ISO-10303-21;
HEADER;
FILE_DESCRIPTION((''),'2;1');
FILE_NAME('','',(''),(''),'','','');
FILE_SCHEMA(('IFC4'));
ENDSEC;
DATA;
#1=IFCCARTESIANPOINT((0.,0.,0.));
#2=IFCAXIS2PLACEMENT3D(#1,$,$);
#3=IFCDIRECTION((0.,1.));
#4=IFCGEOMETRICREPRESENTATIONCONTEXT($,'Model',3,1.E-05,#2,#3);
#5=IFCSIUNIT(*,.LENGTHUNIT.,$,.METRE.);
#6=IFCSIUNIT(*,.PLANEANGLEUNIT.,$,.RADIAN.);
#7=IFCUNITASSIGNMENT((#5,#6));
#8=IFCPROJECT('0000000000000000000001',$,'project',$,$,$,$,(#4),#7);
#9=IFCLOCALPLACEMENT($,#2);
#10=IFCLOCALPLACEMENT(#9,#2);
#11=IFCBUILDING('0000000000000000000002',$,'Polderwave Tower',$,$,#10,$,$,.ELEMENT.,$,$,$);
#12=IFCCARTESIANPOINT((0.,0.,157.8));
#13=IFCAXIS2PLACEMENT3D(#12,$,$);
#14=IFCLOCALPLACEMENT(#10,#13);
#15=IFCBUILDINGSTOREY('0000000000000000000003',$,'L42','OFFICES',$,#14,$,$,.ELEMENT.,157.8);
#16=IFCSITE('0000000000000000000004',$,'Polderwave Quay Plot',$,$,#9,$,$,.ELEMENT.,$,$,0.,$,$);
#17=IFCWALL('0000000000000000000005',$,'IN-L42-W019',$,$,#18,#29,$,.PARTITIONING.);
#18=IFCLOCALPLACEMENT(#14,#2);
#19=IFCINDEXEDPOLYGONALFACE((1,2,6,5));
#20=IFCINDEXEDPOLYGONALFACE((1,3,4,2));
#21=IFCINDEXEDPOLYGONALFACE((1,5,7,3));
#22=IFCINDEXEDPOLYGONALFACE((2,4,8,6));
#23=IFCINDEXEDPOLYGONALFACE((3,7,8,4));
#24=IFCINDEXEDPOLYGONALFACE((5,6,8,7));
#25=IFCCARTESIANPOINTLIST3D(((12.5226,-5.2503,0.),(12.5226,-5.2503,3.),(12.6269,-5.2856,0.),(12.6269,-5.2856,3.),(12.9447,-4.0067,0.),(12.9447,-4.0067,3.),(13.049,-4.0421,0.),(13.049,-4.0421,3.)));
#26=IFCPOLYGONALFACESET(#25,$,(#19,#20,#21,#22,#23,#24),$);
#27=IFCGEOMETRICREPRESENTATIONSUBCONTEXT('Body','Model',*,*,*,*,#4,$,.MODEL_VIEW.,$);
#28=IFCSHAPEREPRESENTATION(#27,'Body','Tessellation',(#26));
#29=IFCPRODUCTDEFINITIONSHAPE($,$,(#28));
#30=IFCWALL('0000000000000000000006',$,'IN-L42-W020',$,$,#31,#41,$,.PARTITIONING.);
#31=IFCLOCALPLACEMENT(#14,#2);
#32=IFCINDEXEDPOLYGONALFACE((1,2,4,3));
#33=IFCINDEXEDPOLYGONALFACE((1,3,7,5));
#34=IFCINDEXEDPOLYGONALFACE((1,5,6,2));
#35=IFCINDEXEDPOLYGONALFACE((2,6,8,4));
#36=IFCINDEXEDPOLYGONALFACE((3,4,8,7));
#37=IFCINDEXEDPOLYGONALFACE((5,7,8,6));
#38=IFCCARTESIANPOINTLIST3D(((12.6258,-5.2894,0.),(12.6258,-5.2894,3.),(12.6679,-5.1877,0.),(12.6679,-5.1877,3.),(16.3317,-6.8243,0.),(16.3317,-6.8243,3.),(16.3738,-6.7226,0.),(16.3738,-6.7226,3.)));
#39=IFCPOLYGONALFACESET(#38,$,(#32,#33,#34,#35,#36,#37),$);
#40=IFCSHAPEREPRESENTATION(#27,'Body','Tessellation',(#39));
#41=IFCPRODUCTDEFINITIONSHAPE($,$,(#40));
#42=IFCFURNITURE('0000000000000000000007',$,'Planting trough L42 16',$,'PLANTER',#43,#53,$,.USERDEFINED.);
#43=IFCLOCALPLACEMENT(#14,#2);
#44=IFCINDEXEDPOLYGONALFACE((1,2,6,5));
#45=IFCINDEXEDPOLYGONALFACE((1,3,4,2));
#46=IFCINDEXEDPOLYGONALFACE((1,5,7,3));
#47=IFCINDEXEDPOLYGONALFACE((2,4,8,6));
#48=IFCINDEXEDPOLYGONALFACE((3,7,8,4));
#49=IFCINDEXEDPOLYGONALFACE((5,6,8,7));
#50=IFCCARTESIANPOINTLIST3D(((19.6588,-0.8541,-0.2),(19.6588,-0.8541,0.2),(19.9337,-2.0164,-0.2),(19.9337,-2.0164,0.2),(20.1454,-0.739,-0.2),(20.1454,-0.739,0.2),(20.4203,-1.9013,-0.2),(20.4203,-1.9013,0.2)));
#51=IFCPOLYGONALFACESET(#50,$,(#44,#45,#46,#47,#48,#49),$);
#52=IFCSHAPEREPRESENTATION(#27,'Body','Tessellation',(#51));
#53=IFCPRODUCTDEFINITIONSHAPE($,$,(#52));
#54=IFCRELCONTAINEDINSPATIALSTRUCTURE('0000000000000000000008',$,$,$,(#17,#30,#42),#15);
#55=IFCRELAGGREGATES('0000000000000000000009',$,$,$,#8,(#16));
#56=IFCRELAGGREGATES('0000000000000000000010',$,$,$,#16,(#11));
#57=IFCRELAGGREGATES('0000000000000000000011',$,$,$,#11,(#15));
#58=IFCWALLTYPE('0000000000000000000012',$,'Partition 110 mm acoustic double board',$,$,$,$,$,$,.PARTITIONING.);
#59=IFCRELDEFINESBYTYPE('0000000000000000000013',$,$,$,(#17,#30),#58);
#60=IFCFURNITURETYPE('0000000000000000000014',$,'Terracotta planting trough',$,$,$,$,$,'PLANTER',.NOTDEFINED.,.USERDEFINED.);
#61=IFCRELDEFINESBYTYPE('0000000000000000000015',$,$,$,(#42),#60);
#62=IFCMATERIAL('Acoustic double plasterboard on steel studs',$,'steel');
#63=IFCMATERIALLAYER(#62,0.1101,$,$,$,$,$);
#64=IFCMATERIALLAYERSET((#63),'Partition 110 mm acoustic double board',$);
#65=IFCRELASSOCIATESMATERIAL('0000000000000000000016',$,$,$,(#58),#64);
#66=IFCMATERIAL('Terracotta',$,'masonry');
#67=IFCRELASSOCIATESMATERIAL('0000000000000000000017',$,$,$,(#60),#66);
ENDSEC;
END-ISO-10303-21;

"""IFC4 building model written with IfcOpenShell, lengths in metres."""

from ifc_helpers import new_model, si_unit, direction, frame, frame_2d, origin, origin_2d, place, context, subcontext, project, spatial, rectangle, extrude, material, layer, layer_set, type_object, element, save


model = new_model("IFC4")

# Units and contexts
model_context = context("Model", 3, precision=1e-05, world=origin(), true_north=direction((0.0, 1.0)))
body_context = subcontext(model_context, "Body", "Model", "MODEL_VIEW")
ifc_project = project(units=[si_unit("LENGTHUNIT", "METRE"), si_unit("PLANEANGLEUNIT", "RADIAN")], contexts=[model_context])

# Site, building, storey
site_placement = place(None, origin())
site = spatial("IfcSite", under=ifc_project, at=site_placement, Name="Polderwave Quay Plot", CompositionType="ELEMENT", RefElevation=0.0)
building_placement = place(site_placement, origin())
building = spatial("IfcBuilding", under=site, at=building_placement, Name="Polderwave Tower", CompositionType="ELEMENT")
storey_placement = place(building_placement, frame((0.0, 0.0, 157.8)))
storey = spatial("IfcBuildingStorey", under=building, at=storey_placement, Name="L42", Description="OFFICES", CompositionType="ELEMENT", Elevation=157.8)

# Walls
ifc_material_1 = material(Name="Acoustic double plasterboard on steel studs", Category="steel")
ifc_layer_1 = layer(ifc_material_1, 0.1101)
ifc_layer_set_1 = layer_set([ifc_layer_1], Name="Partition 110 mm acoustic double board")
wall_type_1 = type_object("IfcWallType", Name="Partition 110 mm acoustic double board", PredefinedType="PARTITIONING", material=ifc_layer_set_1)
wall_1_placement = place(storey_placement, frame((12.5747, -5.2681, 0.0), z_axis=(0.0, 0.0, 1.0), x_axis=(0.321409, 0.94694, 0.0)))
element("IfcWall", 1, at=wall_1_placement, inside=storey, type_object=wall_type_1, Name="IN-L42-W019", PredefinedType="PARTITIONING", context=body_context, shape_type="SweptSolid", body=[
    extrude(rectangle(XDim=1.3132, YDim=0.1101, at=frame_2d((0.6567, 0.0))), origin(), (0.0, 0.0, 1.0), 3.0),
])
wall_2_placement = place(storey_placement, frame((16.3528, -6.7734, 0.0), z_axis=(0.0, 0.0, 1.0), x_axis=(-0.923896, 0.382644, 0.0)))
element("IfcWall", 2, at=wall_2_placement, inside=storey, type_object=wall_type_1, Name="IN-L42-W020", PredefinedType="PARTITIONING", context=body_context, shape_type="SweptSolid", body=[
    extrude(rectangle(XDim=4.0112, YDim=0.1101, at=frame_2d((2.0056, 0.0))), origin(), (0.0, 0.0, 1.0), 3.0),
])

# Furniture
ifc_material_2 = material(Name="Terracotta", Category="masonry")
furniture_type = type_object("IfcFurnitureType", Name="Terracotta planting trough", ElementType="PLANTER", AssemblyPlace="NOTDEFINED", PredefinedType="USERDEFINED", material=ifc_material_2)
furniture_placement = place(storey_placement, frame((20.0396, -1.3777, -0.2), z_axis=(0.0, 0.0, 1.0), x_axis=(-0.230148, 0.973156, 0.0)))
element("IfcFurniture", 3, at=furniture_placement, inside=storey, type_object=furniture_type, Name="Planting trough L42 16", ObjectType="PLANTER", PredefinedType="USERDEFINED", context=body_context, shape_type="SweptSolid", body=[
    extrude(rectangle(XDim=1.1943, YDim=0.5, at=origin_2d()), origin(), (0.0, 0.0, 1.0), 0.3999),
])

save(model, "model.ifc")
